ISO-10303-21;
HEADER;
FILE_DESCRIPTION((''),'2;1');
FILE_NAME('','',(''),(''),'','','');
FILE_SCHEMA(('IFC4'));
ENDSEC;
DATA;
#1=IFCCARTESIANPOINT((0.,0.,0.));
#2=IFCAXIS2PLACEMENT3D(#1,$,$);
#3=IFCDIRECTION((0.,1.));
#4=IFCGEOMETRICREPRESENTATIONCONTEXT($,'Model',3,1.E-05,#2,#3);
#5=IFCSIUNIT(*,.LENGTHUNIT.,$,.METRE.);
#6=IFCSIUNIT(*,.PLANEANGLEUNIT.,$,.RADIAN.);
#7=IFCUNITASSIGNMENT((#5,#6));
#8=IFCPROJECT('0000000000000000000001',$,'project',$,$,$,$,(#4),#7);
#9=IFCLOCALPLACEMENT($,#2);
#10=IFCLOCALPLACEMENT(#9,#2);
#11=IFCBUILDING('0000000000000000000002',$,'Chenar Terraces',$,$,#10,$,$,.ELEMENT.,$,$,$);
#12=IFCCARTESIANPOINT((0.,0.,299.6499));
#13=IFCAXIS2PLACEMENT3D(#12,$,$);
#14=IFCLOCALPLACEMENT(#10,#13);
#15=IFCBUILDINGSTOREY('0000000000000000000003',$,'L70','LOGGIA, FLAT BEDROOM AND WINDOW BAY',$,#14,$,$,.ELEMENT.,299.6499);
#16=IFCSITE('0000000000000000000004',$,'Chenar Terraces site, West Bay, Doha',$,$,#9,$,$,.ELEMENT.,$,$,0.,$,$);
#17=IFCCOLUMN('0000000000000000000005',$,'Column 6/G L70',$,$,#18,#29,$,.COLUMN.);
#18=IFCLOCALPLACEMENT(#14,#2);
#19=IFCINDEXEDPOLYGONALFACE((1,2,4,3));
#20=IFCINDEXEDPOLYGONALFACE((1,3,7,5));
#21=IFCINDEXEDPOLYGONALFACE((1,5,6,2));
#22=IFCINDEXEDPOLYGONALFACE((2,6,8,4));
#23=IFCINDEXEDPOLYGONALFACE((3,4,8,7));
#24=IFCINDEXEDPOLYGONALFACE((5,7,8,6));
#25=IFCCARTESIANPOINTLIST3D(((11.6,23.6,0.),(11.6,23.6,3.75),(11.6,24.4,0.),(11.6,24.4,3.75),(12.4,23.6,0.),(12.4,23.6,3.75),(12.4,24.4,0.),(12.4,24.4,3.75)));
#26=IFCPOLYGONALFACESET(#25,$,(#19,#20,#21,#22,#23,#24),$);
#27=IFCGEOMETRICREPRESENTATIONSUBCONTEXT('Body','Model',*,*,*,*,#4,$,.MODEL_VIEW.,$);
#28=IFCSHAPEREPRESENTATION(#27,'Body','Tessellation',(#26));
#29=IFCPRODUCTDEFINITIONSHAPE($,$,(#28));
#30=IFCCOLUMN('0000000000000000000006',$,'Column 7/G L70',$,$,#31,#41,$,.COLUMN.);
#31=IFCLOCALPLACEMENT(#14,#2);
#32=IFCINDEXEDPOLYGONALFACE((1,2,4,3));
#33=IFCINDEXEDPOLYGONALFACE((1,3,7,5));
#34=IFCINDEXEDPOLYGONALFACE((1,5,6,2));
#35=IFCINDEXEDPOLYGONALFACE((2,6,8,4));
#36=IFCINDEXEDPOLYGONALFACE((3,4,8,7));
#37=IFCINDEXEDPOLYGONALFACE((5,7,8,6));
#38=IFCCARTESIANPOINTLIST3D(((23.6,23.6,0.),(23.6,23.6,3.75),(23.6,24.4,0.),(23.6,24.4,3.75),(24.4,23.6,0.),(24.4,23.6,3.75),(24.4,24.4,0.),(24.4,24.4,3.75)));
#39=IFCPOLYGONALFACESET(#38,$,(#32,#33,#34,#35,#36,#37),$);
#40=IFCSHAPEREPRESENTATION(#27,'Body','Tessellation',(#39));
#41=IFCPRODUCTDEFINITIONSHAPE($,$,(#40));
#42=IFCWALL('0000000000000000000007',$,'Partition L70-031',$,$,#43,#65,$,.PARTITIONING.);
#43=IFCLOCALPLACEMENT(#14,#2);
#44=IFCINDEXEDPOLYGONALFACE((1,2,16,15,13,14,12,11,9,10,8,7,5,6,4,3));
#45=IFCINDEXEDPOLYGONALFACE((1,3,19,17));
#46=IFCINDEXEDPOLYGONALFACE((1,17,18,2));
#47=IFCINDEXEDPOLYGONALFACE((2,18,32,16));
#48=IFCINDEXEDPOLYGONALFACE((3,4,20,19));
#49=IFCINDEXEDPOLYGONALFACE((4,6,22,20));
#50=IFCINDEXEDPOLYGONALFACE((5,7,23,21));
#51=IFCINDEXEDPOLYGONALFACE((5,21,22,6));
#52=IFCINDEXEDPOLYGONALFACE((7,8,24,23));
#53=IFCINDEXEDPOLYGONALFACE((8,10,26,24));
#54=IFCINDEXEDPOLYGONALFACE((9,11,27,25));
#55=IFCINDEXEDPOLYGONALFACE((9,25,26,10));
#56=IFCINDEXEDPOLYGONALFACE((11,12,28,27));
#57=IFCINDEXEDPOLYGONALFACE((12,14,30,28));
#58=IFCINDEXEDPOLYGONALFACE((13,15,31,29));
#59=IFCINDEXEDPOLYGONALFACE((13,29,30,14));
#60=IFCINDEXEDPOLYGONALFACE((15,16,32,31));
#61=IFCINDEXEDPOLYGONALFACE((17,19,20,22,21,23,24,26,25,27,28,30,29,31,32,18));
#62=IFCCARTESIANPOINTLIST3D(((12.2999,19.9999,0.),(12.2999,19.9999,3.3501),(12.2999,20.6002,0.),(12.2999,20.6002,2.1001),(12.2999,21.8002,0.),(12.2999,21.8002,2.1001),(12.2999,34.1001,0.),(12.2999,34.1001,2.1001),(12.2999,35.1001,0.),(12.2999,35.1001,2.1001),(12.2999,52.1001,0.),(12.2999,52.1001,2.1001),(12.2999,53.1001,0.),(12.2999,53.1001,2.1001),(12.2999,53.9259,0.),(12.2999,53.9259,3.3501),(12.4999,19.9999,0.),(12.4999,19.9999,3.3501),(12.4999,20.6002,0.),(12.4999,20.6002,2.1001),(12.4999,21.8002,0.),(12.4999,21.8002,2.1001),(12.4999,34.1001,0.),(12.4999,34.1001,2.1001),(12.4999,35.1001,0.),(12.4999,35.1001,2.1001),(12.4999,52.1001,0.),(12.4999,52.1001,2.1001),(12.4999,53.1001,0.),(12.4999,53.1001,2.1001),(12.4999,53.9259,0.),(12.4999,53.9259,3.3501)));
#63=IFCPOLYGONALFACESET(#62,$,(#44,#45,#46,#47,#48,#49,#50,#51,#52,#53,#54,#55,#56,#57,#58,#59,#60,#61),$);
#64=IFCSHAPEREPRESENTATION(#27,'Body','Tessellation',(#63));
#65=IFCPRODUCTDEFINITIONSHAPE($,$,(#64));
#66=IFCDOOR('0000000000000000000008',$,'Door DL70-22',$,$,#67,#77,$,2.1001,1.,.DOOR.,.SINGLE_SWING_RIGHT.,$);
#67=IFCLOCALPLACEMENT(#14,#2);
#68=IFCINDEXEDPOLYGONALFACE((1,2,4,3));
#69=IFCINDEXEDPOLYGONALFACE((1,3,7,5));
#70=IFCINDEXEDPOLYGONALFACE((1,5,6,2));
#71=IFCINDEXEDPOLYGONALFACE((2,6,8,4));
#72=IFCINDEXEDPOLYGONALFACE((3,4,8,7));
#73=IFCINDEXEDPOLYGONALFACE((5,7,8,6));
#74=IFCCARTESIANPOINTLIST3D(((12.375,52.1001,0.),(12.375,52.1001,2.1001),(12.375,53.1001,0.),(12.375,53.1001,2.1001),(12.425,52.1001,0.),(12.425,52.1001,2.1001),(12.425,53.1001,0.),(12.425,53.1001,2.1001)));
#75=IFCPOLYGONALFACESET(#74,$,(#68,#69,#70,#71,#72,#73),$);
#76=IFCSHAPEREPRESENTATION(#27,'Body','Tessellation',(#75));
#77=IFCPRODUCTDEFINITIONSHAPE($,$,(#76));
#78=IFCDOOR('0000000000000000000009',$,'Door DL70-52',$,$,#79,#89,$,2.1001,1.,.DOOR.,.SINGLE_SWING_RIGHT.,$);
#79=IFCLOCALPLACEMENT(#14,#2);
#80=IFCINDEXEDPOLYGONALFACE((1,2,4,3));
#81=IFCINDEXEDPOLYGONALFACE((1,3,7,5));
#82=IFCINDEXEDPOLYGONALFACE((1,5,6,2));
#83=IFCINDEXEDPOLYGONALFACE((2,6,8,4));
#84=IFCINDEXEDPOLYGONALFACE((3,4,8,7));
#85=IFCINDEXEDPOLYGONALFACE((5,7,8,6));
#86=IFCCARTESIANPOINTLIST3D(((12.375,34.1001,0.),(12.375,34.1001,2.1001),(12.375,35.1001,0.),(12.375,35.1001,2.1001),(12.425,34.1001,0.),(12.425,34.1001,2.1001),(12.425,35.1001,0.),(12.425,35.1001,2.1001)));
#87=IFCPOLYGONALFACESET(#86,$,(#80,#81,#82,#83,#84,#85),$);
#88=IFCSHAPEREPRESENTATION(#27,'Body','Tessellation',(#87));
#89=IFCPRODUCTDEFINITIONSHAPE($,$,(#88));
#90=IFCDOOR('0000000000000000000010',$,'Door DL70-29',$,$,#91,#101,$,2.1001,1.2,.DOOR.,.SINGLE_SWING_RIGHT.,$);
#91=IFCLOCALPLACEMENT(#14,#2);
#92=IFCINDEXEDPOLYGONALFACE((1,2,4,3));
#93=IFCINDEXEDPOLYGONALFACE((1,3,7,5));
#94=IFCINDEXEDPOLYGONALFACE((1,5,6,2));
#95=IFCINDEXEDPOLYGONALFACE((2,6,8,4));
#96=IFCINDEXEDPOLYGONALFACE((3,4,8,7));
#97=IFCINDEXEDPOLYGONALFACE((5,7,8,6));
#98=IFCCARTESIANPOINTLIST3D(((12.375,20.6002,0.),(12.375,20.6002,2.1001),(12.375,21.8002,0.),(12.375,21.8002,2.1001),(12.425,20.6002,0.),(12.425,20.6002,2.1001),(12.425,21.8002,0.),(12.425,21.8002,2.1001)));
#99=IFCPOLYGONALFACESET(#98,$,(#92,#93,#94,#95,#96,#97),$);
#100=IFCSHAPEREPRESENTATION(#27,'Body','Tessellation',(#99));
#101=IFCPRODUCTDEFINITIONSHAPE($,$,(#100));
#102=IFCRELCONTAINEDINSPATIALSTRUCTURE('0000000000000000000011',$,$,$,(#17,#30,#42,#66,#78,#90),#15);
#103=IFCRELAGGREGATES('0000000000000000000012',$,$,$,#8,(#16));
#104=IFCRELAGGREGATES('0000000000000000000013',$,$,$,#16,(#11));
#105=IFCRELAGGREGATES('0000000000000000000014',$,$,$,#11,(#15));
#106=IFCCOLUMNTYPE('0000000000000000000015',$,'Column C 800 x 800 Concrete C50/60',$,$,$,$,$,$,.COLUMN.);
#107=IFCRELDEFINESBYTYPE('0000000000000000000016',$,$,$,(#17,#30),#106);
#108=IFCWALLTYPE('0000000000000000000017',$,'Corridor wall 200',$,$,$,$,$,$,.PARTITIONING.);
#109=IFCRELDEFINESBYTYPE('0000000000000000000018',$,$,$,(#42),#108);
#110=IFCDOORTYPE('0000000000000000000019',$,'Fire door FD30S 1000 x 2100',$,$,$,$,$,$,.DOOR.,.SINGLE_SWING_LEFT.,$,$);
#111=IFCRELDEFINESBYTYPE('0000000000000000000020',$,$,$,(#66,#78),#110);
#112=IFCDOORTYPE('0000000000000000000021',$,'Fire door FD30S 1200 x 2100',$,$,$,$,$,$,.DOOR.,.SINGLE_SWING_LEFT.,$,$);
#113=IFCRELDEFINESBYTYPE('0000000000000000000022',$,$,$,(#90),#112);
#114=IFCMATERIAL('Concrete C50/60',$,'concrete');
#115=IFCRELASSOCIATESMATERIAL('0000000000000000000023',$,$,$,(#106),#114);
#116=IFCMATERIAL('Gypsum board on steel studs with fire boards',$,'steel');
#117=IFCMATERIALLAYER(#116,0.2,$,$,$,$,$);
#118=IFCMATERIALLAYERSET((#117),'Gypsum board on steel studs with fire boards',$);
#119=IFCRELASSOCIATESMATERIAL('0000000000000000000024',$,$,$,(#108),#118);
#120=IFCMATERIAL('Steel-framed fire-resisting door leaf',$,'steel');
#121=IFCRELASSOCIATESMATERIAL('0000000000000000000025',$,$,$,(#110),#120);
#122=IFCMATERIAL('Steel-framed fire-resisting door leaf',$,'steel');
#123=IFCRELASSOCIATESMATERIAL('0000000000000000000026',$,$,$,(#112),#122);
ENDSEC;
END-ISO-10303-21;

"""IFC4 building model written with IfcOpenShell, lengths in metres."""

from ifc_helpers import new_model, si_unit, direction, frame, frame_2d, origin, origin_2d, place, context, subcontext, project, spatial, rectangle, extrude, material, layer, layer_set, material_profile, profile_set, type_object, element, fill, save


model = new_model("IFC4")

# Units and contexts
model_context = context("Model", 3, precision=1e-05, world=origin(), true_north=direction((0.0, 1.0)))
body_context = subcontext(model_context, "Body", "Model", "MODEL_VIEW")
ifc_project = project(units=[si_unit("LENGTHUNIT", "METRE"), si_unit("PLANEANGLEUNIT", "RADIAN")], contexts=[model_context])

# Site, building, storey
site_placement = place(None, origin())
site = spatial("IfcSite", under=ifc_project, at=site_placement, Name="Chenar Terraces site, West Bay, Doha", CompositionType="ELEMENT", RefElevation=0.0)
building_placement = place(site_placement, origin())
building = spatial("IfcBuilding", under=site, at=building_placement, Name="Chenar Terraces", CompositionType="ELEMENT")
storey_placement = place(building_placement, frame((0.0, 0.0, 299.6499)))
storey = spatial("IfcBuildingStorey", under=building, at=storey_placement, Name="L70", Description="LOGGIA, FLAT BEDROOM AND WINDOW BAY", CompositionType="ELEMENT", Elevation=299.6499)

# Columns
ifc_material_1 = material(Name="Concrete C50/60", Category="concrete")
ifc_material_profile = material_profile(ifc_material_1, rectangle(XDim=0.8, YDim=0.8, at=origin_2d()), Name="C 800 x 800")
ifc_profile_set = profile_set([ifc_material_profile], Name="Concrete C50/60")
column_type = type_object("IfcColumnType", Name="Column C 800 x 800 Concrete C50/60", PredefinedType="COLUMN", material=ifc_profile_set)
for number, where, z_axis, x_axis, name in (
    (1, (12.0, 24.0, 0.0), (0.0, 0.0, 1.0), (1.0, 0.0, 0.0), "Column 6/G L70"),
    (2, (24.0, 24.0, 0.0), (0.0, 0.0, 1.0), (1.0, 0.0, 0.0), "Column 7/G L70"),
):
    element("IfcColumn", number, at=place(storey_placement, frame(where, z_axis=z_axis, x_axis=x_axis)), inside=storey, type_object=column_type, Name=name, PredefinedType="COLUMN", context=body_context, shape_type="SweptSolid", body=[
        extrude(rectangle(XDim=0.8, YDim=0.8, at=origin_2d()), origin(), (0.0, 0.0, 1.0), 3.75),
    ])

# Wall, openings, doors
ifc_material_2 = material(Name="Gypsum board on steel studs with fire boards", Category="steel")
ifc_layer_1 = layer(ifc_material_2, 0.2)
ifc_layer_set_1 = layer_set([ifc_layer_1], Name="Gypsum board on steel studs with fire boards")
wall_type_1 = type_object("IfcWallType", Name="Corridor wall 200", PredefinedType="PARTITIONING", material=ifc_layer_set_1)
wall_1_placement = place(storey_placement, frame((12.3999, 20.0, 0.0), z_axis=(0.0, 0.0, 1.0), x_axis=(0.0, 1.0, 0.0)))
wall_1 = element("IfcWall", 3, at=wall_1_placement, inside=storey, type_object=wall_type_1, Name="Partition L70-031", PredefinedType="PARTITIONING", context=body_context, shape_type="SweptSolid", body=[
    extrude(rectangle(XDim=33.926, YDim=0.2, at=frame_2d((16.9629, 0.0))), origin(), (0.0, 0.0, 1.0), 3.3501),
])
opening_1_placement = place(wall_1_placement, frame((32.1001, 0.0, 0.0)))
opening_1 = element("IfcOpeningElement", 4, at=opening_1_placement, cuts=wall_1, PredefinedType="OPENING", context=body_context, shape_type="SweptSolid", body=[
    extrude(rectangle(XDim=1.0, YDim=2.1001, at=frame_2d((0.5, 1.05))), frame((0.0, 0.1099, 0.0), z_axis=(0.0, -1.0, 0.0), x_axis=(1.0, 0.0, 0.0)), (0.0, 0.0, 1.0), 0.22),
])
opening_2_placement = place(wall_1_placement, frame((0.6001, 0.0, 0.0)))
opening_2 = element("IfcOpeningElement", 5, at=opening_2_placement, cuts=wall_1, PredefinedType="OPENING", context=body_context, shape_type="SweptSolid", body=[
    extrude(rectangle(XDim=1.2, YDim=2.1001, at=frame_2d((0.6001, 1.05))), frame((0.0, 0.1099, 0.0), z_axis=(0.0, -1.0, 0.0), x_axis=(1.0, 0.0, 0.0)), (0.0, 0.0, 1.0), 0.22),
])
opening_3_placement = place(wall_1_placement, frame((14.1001, 0.0, 0.0)))
opening_3 = element("IfcOpeningElement", 6, at=opening_3_placement, cuts=wall_1, PredefinedType="OPENING", context=body_context, shape_type="SweptSolid", body=[
    extrude(rectangle(XDim=1.0, YDim=2.1001, at=frame_2d((0.5, 1.05))), frame((0.0, 0.1099, 0.0), z_axis=(0.0, -1.0, 0.0), x_axis=(1.0, 0.0, 0.0)), (0.0, 0.0, 1.0), 0.22),
])
ifc_material_3 = material(Name="Steel-framed fire-resisting door leaf", Category="steel")
door_type_1 = type_object("IfcDoorType", Name="Fire door FD30S 1000 x 2100", OperationType="SINGLE_SWING_LEFT", PredefinedType="DOOR", material=ifc_material_3)
door_1_placement = place(opening_1_placement, origin())
door_1 = element("IfcDoor", 7, at=door_1_placement, inside=storey, type_object=door_type_1, Name="Door DL70-22", OperationType="SINGLE_SWING_RIGHT", OverallHeight=2.1001, OverallWidth=1.0, PredefinedType="DOOR", context=body_context, shape_type="SweptSolid", body=[
    extrude(rectangle(XDim=1.0, YDim=2.1001, at=frame_2d((0.5, 1.05))), frame((0.0, 0.0249, 0.0), z_axis=(0.0, -1.0, 0.0), x_axis=(1.0, 0.0, 0.0)), (0.0, 0.0, 1.0), 0.05),
])
fill(opening_1, door_1)
door_2_placement = place(opening_3_placement, origin())
door_2 = element("IfcDoor", 8, at=door_2_placement, inside=storey, type_object=door_type_1, Name="Door DL70-52", OperationType="SINGLE_SWING_RIGHT", OverallHeight=2.1001, OverallWidth=1.0, PredefinedType="DOOR", context=body_context, shape_type="SweptSolid", body=[
    extrude(rectangle(XDim=1.0, YDim=2.1001, at=frame_2d((0.5, 1.05))), frame((0.0, 0.0249, 0.0), z_axis=(0.0, -1.0, 0.0), x_axis=(1.0, 0.0, 0.0)), (0.0, 0.0, 1.0), 0.05),
])
fill(opening_3, door_2)
ifc_material_4 = material(Name="Steel-framed fire-resisting door leaf", Category="steel")
door_type_2 = type_object("IfcDoorType", Name="Fire door FD30S 1200 x 2100", OperationType="SINGLE_SWING_LEFT", PredefinedType="DOOR", material=ifc_material_4)
door_3_placement = place(opening_2_placement, origin())
door_3 = element("IfcDoor", 9, at=door_3_placement, inside=storey, type_object=door_type_2, Name="Door DL70-29", OperationType="SINGLE_SWING_RIGHT", OverallHeight=2.1001, OverallWidth=1.2, PredefinedType="DOOR", context=body_context, shape_type="SweptSolid", body=[
    extrude(rectangle(XDim=1.2, YDim=2.1001, at=frame_2d((0.6001, 1.05))), frame((0.0, 0.0249, 0.0), z_axis=(0.0, -1.0, 0.0), x_axis=(1.0, 0.0, 0.0)), (0.0, 0.0, 1.0), 0.05),
])
fill(opening_2, door_3)

save(model, "model.ifc")
